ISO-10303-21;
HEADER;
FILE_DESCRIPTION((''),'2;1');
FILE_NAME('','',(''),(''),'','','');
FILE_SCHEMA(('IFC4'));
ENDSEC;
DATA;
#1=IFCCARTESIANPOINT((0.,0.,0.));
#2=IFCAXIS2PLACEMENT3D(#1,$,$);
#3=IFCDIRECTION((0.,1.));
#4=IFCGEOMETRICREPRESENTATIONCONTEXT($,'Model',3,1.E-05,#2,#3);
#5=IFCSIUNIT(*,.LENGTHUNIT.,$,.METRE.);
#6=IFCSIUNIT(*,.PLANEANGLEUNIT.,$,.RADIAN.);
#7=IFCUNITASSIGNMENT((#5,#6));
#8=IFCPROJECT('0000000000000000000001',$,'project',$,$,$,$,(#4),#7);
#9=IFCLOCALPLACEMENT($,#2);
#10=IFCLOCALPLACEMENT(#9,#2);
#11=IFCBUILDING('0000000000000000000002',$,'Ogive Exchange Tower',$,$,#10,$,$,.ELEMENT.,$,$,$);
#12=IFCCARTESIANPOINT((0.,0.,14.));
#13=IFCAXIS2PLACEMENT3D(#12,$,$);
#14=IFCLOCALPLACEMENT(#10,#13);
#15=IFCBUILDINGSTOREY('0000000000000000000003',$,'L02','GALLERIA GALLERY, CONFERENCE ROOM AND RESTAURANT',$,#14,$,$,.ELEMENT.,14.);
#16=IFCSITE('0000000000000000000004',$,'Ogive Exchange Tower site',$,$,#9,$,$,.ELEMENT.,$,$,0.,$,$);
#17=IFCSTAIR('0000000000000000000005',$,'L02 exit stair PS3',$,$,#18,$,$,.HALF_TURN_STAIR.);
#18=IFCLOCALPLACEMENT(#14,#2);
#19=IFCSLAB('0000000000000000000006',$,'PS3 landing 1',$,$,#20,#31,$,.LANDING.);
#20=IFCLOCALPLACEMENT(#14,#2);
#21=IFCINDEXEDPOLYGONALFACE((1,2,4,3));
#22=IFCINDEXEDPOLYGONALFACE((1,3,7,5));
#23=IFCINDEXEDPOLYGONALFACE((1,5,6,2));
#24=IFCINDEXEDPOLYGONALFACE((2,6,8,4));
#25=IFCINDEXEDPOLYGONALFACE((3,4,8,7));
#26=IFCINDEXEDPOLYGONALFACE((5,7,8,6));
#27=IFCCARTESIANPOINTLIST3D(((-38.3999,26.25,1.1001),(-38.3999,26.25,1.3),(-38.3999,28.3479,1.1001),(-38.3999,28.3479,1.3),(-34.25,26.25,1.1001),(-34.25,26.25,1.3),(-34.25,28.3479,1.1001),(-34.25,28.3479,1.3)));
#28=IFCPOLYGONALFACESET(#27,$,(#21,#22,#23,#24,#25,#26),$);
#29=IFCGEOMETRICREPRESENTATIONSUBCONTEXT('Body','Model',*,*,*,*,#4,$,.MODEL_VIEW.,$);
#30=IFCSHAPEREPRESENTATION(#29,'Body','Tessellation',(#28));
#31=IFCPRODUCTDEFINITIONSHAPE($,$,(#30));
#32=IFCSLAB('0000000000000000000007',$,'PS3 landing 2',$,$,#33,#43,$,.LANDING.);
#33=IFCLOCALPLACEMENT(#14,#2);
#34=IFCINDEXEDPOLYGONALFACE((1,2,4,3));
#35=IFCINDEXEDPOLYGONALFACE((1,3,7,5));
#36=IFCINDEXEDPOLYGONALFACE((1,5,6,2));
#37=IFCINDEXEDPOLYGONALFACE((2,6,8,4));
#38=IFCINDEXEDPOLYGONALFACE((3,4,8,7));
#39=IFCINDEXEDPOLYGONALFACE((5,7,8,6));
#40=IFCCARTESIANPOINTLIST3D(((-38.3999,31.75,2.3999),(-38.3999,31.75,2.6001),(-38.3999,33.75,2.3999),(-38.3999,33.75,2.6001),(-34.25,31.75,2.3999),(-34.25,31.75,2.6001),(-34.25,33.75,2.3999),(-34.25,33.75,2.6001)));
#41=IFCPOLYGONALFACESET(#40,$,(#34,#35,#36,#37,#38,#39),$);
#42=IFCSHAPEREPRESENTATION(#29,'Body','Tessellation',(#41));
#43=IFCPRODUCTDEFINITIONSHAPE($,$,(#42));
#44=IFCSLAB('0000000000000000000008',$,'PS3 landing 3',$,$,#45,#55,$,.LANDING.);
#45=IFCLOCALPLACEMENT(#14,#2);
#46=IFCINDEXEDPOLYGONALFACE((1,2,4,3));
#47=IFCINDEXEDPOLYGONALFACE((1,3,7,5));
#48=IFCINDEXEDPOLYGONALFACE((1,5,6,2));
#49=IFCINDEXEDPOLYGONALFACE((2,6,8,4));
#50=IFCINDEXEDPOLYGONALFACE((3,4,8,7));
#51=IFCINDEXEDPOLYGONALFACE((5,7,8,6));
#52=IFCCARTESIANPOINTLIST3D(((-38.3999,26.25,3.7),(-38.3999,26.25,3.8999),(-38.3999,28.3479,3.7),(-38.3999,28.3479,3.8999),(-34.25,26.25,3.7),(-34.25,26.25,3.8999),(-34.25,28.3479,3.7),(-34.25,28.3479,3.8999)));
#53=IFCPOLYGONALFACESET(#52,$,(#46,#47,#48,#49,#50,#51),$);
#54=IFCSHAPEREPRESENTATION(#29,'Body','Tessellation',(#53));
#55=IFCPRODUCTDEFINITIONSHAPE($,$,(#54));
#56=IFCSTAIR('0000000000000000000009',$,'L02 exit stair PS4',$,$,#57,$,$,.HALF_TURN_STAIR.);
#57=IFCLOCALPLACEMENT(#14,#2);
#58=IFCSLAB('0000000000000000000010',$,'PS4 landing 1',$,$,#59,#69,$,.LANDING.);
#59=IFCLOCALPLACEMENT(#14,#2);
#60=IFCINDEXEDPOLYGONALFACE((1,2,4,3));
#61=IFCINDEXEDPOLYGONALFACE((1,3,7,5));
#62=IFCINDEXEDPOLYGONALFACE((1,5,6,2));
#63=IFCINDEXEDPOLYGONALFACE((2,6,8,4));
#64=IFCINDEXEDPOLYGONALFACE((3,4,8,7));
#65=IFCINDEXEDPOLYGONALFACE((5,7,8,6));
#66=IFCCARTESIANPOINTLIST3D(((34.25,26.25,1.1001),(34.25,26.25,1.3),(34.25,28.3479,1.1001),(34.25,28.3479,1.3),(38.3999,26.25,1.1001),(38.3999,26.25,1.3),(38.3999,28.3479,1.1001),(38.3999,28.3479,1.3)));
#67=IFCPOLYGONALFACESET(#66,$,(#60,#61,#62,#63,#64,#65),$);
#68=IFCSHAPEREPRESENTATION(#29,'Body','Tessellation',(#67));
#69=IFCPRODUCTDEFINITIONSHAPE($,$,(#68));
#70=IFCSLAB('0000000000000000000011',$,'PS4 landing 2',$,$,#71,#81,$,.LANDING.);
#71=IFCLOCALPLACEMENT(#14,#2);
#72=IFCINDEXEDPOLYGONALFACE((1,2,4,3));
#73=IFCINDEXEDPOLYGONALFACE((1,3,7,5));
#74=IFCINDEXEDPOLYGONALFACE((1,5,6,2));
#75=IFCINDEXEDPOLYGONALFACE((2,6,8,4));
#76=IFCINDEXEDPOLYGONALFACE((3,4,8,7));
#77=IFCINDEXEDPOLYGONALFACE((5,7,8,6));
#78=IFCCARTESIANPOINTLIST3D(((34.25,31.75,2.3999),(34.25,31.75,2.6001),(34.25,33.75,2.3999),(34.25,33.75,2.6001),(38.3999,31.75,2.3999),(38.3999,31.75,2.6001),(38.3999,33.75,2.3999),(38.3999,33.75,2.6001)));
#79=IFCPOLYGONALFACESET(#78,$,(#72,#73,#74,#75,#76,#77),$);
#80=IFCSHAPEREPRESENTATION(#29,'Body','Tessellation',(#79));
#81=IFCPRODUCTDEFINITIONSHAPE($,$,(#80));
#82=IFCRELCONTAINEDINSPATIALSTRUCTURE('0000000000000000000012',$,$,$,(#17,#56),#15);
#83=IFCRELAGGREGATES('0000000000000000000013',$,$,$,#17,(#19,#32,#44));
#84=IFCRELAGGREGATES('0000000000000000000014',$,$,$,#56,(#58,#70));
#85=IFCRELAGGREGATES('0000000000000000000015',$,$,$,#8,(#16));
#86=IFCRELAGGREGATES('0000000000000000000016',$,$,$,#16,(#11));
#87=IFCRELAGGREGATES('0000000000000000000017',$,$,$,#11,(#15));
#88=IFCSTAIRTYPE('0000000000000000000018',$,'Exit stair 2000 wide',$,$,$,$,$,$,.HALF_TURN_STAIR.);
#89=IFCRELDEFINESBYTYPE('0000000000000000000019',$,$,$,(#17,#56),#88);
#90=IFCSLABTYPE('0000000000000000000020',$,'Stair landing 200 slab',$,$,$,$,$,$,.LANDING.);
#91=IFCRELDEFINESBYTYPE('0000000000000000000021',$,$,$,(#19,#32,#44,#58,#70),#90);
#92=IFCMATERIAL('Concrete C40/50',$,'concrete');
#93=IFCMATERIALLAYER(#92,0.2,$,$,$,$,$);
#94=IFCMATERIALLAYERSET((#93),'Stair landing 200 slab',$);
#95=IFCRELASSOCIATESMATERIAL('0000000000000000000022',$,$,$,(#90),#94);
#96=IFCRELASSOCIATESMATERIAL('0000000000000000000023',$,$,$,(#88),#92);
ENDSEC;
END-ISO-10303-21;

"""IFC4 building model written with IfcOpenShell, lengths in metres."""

from ifc_helpers import new_model, si_unit, direction, frame, origin, place, context, subcontext, project, spatial, polyline, outline, extrude, material, layer, layer_set, type_object, element, aggregate, save


model = new_model("IFC4")

# Units and contexts
model_context = context("Model", 3, precision=1e-05, world=origin(), true_north=direction((0.0, 1.0)))
body_context = subcontext(model_context, "Body", "Model", "MODEL_VIEW")
ifc_project = project(units=[si_unit("LENGTHUNIT", "METRE"), si_unit("PLANEANGLEUNIT", "RADIAN")], contexts=[model_context])

# Site, building, storey
site_placement = place(None, origin())
site = spatial("IfcSite", under=ifc_project, at=site_placement, Name="Ogive Exchange Tower site", CompositionType="ELEMENT", RefElevation=0.0)
building_placement = place(site_placement, origin())
building = spatial("IfcBuilding", under=site, at=building_placement, Name="Ogive Exchange Tower", CompositionType="ELEMENT")
storey_placement = place(building_placement, frame((0.0, 0.0, 14.0)))
storey = spatial("IfcBuildingStorey", under=building, at=storey_placement, Name="L02", Description="GALLERIA GALLERY, CONFERENCE ROOM AND RESTAURANT", CompositionType="ELEMENT", Elevation=14.0)

# Stairs, slabs
ifc_material = material(Name="Concrete C40/50", Category="concrete")
ifc_layer = layer(ifc_material, 0.2)
ifc_layer_set = layer_set([ifc_layer], Name="Stair landing 200 slab")
slab_type = type_object("IfcSlabType", Name="Stair landing 200 slab", PredefinedType="LANDING", material=ifc_layer_set)
stair_type_1 = type_object("IfcStairType", Name="Exit stair 2000 wide", PredefinedType="HALF_TURN_STAIR", material=ifc_material)
stair_1_placement = place(storey_placement, origin())
stair_1 = element("IfcStair", 1, at=stair_1_placement, inside=storey, type_object=stair_type_1, Name="L02 exit stair PS3", PredefinedType="HALF_TURN_STAIR")
slab_1_placement = place(storey_placement, frame((0.0, 0.0, 1.1001)))
slab_1 = element("IfcSlab", 2, at=slab_1_placement, type_object=slab_type, Name="PS3 landing 1", PredefinedType="LANDING", context=body_context, shape_type="SweptSolid", body=[
    extrude(outline(polyline([(-38.3999, 28.3479), (-38.3999, 26.25), (-34.25, 26.25), (-34.25, 28.3479), (-38.3999, 28.3479)])), origin(), (0.0, 0.0, 1.0), 0.2),
])
slab_2_placement = place(storey_placement, frame((0.0, 0.0, 2.3999)))
slab_2 = element("IfcSlab", 3, at=slab_2_placement, type_object=slab_type, Name="PS3 landing 2", PredefinedType="LANDING", context=body_context, shape_type="SweptSolid", body=[
    extrude(outline(polyline([(-38.3999, 33.75), (-38.3999, 31.75), (-34.25, 31.75), (-34.25, 33.75), (-38.3999, 33.75)])), origin(), (0.0, 0.0, 1.0), 0.2002),
])
slab_3_placement = place(storey_placement, frame((0.0, 0.0, 3.7)))
slab_3 = element("IfcSlab", 4, at=slab_3_placement, type_object=slab_type, Name="PS3 landing 3", PredefinedType="LANDING", context=body_context, shape_type="SweptSolid", body=[
    extrude(outline(polyline([(-38.3999, 28.3479), (-38.3999, 26.25), (-34.25, 26.25), (-34.25, 28.3479), (-38.3999, 28.3479)])), origin(), (0.0, 0.0, 1.0), 0.2),
])
aggregate(stair_1, [slab_1, slab_2, slab_3])
stair_2_placement = place(storey_placement, origin())
stair_2 = element("IfcStair", 5, at=stair_2_placement, inside=storey, type_object=stair_type_1, Name="L02 exit stair PS4", PredefinedType="HALF_TURN_STAIR")
slab_4_placement = place(storey_placement, frame((0.0, 0.0, 1.1001)))
slab_4 = element("IfcSlab", 6, at=slab_4_placement, type_object=slab_type, Name="PS4 landing 1", PredefinedType="LANDING", context=body_context, shape_type="SweptSolid", body=[
    extrude(outline(polyline([(34.25, 28.3479), (34.25, 26.25), (38.3999, 26.25), (38.3999, 28.3479), (34.25, 28.3479)])), origin(), (0.0, 0.0, 1.0), 0.2),
])
slab_5_placement = place(storey_placement, frame((0.0, 0.0, 2.3999)))
slab_5 = element("IfcSlab", 7, at=slab_5_placement, type_object=slab_type, Name="PS4 landing 2", PredefinedType="LANDING", context=body_context, shape_type="SweptSolid", body=[
    extrude(outline(polyline([(34.25, 33.75), (34.25, 31.75), (38.3999, 31.75), (38.3999, 33.75), (34.25, 33.75)])), origin(), (0.0, 0.0, 1.0), 0.2002),
])
aggregate(stair_2, [slab_4, slab_5])

save(model, "model.ifc")
